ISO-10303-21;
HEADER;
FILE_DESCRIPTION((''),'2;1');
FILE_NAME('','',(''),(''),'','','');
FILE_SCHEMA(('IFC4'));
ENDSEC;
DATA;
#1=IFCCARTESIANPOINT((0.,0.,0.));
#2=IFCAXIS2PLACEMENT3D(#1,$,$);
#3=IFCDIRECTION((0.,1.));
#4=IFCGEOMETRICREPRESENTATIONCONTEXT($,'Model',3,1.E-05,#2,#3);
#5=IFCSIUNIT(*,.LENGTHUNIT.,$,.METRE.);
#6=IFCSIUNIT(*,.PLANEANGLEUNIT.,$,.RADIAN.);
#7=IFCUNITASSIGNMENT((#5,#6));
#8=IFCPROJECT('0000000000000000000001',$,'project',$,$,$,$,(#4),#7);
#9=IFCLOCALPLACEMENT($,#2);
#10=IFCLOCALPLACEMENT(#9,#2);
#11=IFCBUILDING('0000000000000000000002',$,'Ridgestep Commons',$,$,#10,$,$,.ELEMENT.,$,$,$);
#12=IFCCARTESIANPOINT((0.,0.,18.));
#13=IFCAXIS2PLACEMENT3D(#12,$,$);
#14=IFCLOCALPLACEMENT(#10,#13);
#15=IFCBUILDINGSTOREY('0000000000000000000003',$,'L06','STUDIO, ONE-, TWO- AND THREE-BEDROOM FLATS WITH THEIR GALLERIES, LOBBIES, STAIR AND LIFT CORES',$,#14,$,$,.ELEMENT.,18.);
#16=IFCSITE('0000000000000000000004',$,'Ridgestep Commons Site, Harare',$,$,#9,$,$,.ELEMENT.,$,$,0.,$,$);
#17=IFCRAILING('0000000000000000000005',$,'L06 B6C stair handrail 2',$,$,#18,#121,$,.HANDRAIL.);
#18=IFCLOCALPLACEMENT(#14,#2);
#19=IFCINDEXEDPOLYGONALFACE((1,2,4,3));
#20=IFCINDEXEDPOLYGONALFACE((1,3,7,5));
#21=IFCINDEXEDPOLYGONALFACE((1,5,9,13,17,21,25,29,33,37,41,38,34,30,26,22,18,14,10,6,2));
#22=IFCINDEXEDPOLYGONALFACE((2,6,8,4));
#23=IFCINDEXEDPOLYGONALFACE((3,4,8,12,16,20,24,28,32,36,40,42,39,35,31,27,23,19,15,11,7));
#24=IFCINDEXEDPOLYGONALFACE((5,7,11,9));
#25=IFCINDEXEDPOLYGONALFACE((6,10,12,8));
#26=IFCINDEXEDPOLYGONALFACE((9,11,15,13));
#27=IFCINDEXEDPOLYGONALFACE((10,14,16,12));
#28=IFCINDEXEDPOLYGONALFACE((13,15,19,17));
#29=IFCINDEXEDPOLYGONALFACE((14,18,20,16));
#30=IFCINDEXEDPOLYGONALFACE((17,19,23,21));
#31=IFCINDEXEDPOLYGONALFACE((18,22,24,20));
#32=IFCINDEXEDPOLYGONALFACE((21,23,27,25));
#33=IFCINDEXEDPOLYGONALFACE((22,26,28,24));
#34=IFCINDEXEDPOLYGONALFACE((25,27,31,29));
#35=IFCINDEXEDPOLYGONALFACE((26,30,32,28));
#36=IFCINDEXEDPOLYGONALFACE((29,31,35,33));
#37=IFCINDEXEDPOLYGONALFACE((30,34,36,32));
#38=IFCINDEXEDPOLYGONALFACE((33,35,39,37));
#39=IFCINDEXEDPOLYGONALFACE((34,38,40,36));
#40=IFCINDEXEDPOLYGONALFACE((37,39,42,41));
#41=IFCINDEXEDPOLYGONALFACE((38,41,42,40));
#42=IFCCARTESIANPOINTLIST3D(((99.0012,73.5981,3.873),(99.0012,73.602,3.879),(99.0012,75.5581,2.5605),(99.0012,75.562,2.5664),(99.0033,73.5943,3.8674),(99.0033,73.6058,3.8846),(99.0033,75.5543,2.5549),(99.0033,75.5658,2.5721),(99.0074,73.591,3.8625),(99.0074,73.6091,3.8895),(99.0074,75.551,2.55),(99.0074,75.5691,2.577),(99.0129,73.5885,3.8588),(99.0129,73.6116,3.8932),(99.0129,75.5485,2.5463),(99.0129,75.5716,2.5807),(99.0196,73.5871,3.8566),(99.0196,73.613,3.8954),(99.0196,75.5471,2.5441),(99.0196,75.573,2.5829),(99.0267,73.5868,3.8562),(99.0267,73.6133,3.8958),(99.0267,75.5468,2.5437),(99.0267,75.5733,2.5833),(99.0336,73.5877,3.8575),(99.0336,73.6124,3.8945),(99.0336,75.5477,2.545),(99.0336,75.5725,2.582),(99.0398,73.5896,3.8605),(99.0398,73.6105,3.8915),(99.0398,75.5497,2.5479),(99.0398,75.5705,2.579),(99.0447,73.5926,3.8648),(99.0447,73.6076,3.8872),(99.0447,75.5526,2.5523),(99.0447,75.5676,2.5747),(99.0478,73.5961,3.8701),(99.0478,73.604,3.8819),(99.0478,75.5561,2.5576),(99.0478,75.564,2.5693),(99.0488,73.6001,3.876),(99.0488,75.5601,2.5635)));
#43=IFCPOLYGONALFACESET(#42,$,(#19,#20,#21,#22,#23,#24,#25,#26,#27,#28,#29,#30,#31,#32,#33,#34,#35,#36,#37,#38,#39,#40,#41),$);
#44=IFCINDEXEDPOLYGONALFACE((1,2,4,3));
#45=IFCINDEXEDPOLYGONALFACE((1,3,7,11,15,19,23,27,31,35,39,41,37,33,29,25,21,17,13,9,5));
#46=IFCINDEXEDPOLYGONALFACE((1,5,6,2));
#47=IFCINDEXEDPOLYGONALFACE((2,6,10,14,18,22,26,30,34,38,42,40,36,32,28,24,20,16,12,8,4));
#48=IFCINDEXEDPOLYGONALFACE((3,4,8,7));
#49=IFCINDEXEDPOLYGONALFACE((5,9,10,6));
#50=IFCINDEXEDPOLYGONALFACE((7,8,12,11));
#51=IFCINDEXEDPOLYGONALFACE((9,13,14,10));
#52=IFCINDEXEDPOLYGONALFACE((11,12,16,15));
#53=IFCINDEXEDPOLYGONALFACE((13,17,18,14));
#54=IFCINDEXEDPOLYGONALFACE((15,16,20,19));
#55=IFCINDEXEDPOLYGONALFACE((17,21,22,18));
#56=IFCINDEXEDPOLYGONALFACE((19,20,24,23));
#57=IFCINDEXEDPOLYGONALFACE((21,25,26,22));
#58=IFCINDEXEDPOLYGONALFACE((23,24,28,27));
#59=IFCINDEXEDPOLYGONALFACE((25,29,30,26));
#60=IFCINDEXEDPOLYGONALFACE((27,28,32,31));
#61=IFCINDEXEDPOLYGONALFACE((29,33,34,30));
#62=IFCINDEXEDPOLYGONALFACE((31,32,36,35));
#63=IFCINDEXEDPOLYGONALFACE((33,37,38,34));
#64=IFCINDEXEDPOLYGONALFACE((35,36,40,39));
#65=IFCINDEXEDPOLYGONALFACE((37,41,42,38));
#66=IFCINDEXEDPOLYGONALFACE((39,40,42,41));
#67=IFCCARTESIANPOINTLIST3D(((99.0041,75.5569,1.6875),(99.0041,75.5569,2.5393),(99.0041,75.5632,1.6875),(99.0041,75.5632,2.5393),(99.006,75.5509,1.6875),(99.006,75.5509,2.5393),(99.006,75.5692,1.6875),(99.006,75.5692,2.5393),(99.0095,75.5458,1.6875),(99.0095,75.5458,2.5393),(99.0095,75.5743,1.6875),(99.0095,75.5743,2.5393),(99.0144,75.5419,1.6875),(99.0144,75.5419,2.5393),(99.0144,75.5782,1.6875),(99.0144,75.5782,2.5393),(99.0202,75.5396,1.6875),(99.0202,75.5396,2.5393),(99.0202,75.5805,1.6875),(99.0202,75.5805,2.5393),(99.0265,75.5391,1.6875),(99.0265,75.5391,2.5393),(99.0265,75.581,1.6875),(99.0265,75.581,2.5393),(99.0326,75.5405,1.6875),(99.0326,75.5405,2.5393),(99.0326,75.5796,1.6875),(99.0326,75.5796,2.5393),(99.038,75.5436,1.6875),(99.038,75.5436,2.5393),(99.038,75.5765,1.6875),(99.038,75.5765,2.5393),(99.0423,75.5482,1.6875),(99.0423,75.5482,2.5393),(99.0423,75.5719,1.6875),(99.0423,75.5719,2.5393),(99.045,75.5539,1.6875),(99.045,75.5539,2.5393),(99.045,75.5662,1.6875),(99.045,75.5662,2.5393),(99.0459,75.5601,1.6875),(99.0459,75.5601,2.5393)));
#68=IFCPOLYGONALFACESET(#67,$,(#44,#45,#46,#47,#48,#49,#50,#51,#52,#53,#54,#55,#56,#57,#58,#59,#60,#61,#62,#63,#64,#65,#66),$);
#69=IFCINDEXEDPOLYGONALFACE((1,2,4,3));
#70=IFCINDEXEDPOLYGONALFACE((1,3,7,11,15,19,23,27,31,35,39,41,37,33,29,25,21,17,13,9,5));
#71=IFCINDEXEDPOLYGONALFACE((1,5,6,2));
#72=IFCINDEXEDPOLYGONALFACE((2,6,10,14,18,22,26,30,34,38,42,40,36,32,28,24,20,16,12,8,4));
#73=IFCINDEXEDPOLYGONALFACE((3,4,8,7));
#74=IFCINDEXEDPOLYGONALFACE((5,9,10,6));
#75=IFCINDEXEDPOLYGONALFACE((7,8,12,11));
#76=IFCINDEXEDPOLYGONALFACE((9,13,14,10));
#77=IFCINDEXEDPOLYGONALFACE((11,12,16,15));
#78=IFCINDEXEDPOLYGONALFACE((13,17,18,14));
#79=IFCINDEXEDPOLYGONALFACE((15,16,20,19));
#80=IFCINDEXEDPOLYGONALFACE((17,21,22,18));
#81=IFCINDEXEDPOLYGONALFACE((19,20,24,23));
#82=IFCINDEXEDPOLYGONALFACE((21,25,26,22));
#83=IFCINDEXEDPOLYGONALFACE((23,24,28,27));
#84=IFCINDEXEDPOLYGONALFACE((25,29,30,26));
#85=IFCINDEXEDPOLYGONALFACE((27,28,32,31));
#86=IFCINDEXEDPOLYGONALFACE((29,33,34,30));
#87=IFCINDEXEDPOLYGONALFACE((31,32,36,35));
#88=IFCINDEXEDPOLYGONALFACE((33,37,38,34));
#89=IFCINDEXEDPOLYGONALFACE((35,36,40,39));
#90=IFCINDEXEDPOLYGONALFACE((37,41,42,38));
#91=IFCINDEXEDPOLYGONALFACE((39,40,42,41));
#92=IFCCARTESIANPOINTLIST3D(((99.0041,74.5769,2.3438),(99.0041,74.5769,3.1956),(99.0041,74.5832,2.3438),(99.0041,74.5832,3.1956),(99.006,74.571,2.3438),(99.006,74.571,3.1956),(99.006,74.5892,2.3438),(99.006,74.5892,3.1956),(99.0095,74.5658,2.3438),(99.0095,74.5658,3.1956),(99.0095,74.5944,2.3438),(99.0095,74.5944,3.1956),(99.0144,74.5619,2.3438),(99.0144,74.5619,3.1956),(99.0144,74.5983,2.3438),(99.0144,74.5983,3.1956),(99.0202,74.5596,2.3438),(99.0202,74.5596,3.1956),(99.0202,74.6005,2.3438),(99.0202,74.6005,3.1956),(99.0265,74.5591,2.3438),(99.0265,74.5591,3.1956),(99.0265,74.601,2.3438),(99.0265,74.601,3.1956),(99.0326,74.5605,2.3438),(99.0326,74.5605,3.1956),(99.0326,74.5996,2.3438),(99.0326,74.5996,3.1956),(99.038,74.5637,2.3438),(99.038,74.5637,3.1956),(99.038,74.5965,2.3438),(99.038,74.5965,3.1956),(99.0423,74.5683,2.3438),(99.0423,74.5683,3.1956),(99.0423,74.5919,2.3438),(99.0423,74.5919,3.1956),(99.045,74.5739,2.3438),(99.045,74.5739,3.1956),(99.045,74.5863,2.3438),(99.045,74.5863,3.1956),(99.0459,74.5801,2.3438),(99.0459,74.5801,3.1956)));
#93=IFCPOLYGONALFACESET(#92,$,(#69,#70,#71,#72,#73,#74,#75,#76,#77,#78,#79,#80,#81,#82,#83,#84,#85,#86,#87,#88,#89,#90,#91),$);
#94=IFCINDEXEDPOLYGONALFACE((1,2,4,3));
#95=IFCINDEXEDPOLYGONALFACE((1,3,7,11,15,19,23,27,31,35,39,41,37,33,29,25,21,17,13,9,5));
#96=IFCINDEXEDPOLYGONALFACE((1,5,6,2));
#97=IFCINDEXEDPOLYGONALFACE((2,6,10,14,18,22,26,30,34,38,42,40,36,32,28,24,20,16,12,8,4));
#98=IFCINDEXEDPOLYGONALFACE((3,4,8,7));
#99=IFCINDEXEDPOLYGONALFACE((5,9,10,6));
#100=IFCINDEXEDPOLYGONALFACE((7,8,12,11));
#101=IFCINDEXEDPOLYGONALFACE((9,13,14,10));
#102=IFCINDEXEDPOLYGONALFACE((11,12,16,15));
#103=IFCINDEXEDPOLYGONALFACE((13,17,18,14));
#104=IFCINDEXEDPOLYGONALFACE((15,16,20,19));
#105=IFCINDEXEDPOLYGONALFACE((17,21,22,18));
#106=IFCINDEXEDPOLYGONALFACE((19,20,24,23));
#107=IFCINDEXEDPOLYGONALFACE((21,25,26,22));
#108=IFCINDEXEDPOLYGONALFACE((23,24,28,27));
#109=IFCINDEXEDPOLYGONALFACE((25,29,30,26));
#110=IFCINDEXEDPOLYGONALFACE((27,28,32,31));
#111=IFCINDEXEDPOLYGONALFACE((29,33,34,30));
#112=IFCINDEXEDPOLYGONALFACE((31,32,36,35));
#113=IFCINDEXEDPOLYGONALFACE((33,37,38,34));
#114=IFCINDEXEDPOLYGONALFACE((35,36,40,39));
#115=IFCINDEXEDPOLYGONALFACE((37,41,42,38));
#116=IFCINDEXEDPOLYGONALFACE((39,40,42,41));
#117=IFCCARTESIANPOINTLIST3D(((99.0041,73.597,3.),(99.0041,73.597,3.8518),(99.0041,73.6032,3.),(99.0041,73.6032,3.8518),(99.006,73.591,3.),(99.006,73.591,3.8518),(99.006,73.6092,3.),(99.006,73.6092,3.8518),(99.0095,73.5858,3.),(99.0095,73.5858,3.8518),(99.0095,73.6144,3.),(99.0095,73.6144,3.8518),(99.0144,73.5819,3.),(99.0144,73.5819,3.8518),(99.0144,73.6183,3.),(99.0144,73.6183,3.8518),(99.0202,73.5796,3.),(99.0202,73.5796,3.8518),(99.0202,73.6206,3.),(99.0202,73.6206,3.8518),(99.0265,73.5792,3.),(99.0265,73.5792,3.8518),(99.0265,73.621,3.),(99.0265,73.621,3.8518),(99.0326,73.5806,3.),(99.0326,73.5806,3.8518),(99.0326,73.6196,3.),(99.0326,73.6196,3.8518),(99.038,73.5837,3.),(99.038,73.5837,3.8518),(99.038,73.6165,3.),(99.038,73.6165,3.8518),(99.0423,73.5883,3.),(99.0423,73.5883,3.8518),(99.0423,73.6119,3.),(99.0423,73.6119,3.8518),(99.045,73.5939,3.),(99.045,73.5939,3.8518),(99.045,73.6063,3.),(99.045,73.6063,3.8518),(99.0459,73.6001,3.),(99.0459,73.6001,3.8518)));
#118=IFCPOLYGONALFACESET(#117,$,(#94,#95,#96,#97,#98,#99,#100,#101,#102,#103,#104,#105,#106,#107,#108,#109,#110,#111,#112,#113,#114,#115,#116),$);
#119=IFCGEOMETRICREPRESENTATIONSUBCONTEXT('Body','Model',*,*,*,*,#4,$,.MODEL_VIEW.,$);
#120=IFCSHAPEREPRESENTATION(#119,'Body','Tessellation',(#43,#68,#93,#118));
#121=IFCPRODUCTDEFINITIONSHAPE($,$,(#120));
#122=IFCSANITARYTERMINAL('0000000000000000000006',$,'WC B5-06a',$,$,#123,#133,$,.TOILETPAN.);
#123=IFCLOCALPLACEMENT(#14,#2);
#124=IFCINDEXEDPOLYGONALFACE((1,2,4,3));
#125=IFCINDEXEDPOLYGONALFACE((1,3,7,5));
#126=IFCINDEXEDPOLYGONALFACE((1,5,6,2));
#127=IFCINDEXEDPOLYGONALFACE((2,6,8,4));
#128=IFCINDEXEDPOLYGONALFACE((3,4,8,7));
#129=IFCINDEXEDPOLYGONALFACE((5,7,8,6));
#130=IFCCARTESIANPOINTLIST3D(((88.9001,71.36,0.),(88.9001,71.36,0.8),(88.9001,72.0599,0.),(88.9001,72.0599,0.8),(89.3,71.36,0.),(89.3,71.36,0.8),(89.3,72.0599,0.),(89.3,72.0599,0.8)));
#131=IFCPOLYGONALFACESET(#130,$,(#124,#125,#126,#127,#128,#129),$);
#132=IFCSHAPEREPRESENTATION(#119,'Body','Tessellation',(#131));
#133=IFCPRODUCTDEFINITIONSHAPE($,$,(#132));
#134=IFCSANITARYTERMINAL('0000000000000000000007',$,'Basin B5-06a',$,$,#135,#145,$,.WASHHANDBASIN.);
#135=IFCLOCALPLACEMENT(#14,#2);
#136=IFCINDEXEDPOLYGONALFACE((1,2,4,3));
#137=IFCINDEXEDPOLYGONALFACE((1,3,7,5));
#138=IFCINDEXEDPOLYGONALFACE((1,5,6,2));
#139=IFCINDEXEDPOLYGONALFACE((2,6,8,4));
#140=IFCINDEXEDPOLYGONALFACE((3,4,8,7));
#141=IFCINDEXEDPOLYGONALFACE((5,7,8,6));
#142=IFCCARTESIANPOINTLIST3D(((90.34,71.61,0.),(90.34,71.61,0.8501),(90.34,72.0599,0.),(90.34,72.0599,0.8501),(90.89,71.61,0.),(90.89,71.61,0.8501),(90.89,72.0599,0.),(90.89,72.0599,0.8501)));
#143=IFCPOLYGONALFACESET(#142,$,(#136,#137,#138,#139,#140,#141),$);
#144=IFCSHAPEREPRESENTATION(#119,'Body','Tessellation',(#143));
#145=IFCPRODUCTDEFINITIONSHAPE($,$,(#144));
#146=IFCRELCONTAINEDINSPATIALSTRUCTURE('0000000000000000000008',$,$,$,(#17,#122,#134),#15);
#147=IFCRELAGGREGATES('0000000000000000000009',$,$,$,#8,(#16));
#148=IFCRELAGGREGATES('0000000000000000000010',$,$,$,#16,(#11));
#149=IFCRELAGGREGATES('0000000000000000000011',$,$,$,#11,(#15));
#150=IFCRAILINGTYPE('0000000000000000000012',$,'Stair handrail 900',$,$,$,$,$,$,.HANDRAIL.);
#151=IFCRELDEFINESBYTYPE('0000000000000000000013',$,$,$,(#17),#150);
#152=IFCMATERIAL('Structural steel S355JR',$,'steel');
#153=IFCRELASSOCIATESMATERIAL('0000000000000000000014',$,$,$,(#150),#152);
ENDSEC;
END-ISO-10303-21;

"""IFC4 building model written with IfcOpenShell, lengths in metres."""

from ifc_helpers import new_model, si_unit, direction, frame, origin, origin_2d, place, context, subcontext, project, spatial, rectangle, circle, extrude, material, type_object, element, save


model = new_model("IFC4")

# Units and contexts
model_context = context("Model", 3, precision=1e-05, world=origin(), true_north=direction((0.0, 1.0)))
body_context = subcontext(model_context, "Body", "Model", "MODEL_VIEW")
ifc_project = project(units=[si_unit("LENGTHUNIT", "METRE"), si_unit("PLANEANGLEUNIT", "RADIAN")], contexts=[model_context])

# Site, building, storey
site_placement = place(None, origin())
site = spatial("IfcSite", under=ifc_project, at=site_placement, Name="Ridgestep Commons Site, Harare", CompositionType="ELEMENT", RefElevation=0.0)
building_placement = place(site_placement, origin())
building = spatial("IfcBuilding", under=site, at=building_placement, Name="Ridgestep Commons", CompositionType="ELEMENT")
storey_placement = place(building_placement, frame((0.0, 0.0, 18.0)))
storey = spatial("IfcBuildingStorey", under=building, at=storey_placement, Name="L06", Description="STUDIO, ONE-, TWO- AND THREE-BEDROOM FLATS WITH THEIR GALLERIES, LOBBIES, STAIR AND LIFT CORES", CompositionType="ELEMENT", Elevation=18.0)

# Railing
ifc_material_1 = material(Name="Structural steel S355JR", Category="steel")
railing_type = type_object("IfcRailingType", Name="Stair handrail 900", PredefinedType="HANDRAIL", material=ifc_material_1)
railing_placement = place(storey_placement, frame((99.0249, 75.5601, 1.6875)))
element("IfcRailing", 1, at=railing_placement, inside=storey, type_object=railing_type, Name="L06 B6C stair handrail 2", PredefinedType="HANDRAIL", context=body_context, shape_type="SweptSolid", body=[
    extrude(circle(Radius=0.0239, at=origin_2d()), frame((0.0, 0.0, 0.876), z_axis=(0.0, -0.830902, 0.556419), x_axis=(1.0, 0.0, 0.0)), (0.0, 0.0, 1.0), 2.3589),
    extrude(circle(Radius=0.021, at=origin_2d()), origin(), (0.0, 0.0, 1.0), 0.8518),
    extrude(circle(Radius=0.021, at=origin_2d()), frame((0.0, -0.98, 0.6562)), (0.0, 0.0, 1.0), 0.8518),
    extrude(circle(Radius=0.021, at=origin_2d()), frame((0.0, -1.96, 1.3125)), (0.0, 0.0, 1.0), 0.8518),
])

# Sanitary terminals
sanitary_terminal_1_placement = place(storey_placement, frame((89.1001, 71.71, 0.0), z_axis=(0.0, 0.0, 1.0), x_axis=(1.0, 0.0, 0.0)))
element("IfcSanitaryTerminal", 2, at=sanitary_terminal_1_placement, inside=storey, Name="WC B5-06a", PredefinedType="TOILETPAN", context=body_context, shape_type="SweptSolid", body=[
    extrude(rectangle(XDim=0.3999, YDim=0.7, at=origin_2d()), origin(), (0.0, 0.0, 1.0), 0.8),
])
sanitary_terminal_2_placement = place(storey_placement, frame((90.615, 71.835, 0.0), z_axis=(0.0, 0.0, 1.0), x_axis=(1.0, 0.0, 0.0)))
element("IfcSanitaryTerminal", 3, at=sanitary_terminal_2_placement, inside=storey, Name="Basin B5-06a", PredefinedType="WASHHANDBASIN", context=body_context, shape_type="SweptSolid", body=[
    extrude(rectangle(XDim=0.55, YDim=0.45, at=origin_2d()), origin(), (0.0, 0.0, 1.0), 0.8501),
])

save(model, "model.ifc")
